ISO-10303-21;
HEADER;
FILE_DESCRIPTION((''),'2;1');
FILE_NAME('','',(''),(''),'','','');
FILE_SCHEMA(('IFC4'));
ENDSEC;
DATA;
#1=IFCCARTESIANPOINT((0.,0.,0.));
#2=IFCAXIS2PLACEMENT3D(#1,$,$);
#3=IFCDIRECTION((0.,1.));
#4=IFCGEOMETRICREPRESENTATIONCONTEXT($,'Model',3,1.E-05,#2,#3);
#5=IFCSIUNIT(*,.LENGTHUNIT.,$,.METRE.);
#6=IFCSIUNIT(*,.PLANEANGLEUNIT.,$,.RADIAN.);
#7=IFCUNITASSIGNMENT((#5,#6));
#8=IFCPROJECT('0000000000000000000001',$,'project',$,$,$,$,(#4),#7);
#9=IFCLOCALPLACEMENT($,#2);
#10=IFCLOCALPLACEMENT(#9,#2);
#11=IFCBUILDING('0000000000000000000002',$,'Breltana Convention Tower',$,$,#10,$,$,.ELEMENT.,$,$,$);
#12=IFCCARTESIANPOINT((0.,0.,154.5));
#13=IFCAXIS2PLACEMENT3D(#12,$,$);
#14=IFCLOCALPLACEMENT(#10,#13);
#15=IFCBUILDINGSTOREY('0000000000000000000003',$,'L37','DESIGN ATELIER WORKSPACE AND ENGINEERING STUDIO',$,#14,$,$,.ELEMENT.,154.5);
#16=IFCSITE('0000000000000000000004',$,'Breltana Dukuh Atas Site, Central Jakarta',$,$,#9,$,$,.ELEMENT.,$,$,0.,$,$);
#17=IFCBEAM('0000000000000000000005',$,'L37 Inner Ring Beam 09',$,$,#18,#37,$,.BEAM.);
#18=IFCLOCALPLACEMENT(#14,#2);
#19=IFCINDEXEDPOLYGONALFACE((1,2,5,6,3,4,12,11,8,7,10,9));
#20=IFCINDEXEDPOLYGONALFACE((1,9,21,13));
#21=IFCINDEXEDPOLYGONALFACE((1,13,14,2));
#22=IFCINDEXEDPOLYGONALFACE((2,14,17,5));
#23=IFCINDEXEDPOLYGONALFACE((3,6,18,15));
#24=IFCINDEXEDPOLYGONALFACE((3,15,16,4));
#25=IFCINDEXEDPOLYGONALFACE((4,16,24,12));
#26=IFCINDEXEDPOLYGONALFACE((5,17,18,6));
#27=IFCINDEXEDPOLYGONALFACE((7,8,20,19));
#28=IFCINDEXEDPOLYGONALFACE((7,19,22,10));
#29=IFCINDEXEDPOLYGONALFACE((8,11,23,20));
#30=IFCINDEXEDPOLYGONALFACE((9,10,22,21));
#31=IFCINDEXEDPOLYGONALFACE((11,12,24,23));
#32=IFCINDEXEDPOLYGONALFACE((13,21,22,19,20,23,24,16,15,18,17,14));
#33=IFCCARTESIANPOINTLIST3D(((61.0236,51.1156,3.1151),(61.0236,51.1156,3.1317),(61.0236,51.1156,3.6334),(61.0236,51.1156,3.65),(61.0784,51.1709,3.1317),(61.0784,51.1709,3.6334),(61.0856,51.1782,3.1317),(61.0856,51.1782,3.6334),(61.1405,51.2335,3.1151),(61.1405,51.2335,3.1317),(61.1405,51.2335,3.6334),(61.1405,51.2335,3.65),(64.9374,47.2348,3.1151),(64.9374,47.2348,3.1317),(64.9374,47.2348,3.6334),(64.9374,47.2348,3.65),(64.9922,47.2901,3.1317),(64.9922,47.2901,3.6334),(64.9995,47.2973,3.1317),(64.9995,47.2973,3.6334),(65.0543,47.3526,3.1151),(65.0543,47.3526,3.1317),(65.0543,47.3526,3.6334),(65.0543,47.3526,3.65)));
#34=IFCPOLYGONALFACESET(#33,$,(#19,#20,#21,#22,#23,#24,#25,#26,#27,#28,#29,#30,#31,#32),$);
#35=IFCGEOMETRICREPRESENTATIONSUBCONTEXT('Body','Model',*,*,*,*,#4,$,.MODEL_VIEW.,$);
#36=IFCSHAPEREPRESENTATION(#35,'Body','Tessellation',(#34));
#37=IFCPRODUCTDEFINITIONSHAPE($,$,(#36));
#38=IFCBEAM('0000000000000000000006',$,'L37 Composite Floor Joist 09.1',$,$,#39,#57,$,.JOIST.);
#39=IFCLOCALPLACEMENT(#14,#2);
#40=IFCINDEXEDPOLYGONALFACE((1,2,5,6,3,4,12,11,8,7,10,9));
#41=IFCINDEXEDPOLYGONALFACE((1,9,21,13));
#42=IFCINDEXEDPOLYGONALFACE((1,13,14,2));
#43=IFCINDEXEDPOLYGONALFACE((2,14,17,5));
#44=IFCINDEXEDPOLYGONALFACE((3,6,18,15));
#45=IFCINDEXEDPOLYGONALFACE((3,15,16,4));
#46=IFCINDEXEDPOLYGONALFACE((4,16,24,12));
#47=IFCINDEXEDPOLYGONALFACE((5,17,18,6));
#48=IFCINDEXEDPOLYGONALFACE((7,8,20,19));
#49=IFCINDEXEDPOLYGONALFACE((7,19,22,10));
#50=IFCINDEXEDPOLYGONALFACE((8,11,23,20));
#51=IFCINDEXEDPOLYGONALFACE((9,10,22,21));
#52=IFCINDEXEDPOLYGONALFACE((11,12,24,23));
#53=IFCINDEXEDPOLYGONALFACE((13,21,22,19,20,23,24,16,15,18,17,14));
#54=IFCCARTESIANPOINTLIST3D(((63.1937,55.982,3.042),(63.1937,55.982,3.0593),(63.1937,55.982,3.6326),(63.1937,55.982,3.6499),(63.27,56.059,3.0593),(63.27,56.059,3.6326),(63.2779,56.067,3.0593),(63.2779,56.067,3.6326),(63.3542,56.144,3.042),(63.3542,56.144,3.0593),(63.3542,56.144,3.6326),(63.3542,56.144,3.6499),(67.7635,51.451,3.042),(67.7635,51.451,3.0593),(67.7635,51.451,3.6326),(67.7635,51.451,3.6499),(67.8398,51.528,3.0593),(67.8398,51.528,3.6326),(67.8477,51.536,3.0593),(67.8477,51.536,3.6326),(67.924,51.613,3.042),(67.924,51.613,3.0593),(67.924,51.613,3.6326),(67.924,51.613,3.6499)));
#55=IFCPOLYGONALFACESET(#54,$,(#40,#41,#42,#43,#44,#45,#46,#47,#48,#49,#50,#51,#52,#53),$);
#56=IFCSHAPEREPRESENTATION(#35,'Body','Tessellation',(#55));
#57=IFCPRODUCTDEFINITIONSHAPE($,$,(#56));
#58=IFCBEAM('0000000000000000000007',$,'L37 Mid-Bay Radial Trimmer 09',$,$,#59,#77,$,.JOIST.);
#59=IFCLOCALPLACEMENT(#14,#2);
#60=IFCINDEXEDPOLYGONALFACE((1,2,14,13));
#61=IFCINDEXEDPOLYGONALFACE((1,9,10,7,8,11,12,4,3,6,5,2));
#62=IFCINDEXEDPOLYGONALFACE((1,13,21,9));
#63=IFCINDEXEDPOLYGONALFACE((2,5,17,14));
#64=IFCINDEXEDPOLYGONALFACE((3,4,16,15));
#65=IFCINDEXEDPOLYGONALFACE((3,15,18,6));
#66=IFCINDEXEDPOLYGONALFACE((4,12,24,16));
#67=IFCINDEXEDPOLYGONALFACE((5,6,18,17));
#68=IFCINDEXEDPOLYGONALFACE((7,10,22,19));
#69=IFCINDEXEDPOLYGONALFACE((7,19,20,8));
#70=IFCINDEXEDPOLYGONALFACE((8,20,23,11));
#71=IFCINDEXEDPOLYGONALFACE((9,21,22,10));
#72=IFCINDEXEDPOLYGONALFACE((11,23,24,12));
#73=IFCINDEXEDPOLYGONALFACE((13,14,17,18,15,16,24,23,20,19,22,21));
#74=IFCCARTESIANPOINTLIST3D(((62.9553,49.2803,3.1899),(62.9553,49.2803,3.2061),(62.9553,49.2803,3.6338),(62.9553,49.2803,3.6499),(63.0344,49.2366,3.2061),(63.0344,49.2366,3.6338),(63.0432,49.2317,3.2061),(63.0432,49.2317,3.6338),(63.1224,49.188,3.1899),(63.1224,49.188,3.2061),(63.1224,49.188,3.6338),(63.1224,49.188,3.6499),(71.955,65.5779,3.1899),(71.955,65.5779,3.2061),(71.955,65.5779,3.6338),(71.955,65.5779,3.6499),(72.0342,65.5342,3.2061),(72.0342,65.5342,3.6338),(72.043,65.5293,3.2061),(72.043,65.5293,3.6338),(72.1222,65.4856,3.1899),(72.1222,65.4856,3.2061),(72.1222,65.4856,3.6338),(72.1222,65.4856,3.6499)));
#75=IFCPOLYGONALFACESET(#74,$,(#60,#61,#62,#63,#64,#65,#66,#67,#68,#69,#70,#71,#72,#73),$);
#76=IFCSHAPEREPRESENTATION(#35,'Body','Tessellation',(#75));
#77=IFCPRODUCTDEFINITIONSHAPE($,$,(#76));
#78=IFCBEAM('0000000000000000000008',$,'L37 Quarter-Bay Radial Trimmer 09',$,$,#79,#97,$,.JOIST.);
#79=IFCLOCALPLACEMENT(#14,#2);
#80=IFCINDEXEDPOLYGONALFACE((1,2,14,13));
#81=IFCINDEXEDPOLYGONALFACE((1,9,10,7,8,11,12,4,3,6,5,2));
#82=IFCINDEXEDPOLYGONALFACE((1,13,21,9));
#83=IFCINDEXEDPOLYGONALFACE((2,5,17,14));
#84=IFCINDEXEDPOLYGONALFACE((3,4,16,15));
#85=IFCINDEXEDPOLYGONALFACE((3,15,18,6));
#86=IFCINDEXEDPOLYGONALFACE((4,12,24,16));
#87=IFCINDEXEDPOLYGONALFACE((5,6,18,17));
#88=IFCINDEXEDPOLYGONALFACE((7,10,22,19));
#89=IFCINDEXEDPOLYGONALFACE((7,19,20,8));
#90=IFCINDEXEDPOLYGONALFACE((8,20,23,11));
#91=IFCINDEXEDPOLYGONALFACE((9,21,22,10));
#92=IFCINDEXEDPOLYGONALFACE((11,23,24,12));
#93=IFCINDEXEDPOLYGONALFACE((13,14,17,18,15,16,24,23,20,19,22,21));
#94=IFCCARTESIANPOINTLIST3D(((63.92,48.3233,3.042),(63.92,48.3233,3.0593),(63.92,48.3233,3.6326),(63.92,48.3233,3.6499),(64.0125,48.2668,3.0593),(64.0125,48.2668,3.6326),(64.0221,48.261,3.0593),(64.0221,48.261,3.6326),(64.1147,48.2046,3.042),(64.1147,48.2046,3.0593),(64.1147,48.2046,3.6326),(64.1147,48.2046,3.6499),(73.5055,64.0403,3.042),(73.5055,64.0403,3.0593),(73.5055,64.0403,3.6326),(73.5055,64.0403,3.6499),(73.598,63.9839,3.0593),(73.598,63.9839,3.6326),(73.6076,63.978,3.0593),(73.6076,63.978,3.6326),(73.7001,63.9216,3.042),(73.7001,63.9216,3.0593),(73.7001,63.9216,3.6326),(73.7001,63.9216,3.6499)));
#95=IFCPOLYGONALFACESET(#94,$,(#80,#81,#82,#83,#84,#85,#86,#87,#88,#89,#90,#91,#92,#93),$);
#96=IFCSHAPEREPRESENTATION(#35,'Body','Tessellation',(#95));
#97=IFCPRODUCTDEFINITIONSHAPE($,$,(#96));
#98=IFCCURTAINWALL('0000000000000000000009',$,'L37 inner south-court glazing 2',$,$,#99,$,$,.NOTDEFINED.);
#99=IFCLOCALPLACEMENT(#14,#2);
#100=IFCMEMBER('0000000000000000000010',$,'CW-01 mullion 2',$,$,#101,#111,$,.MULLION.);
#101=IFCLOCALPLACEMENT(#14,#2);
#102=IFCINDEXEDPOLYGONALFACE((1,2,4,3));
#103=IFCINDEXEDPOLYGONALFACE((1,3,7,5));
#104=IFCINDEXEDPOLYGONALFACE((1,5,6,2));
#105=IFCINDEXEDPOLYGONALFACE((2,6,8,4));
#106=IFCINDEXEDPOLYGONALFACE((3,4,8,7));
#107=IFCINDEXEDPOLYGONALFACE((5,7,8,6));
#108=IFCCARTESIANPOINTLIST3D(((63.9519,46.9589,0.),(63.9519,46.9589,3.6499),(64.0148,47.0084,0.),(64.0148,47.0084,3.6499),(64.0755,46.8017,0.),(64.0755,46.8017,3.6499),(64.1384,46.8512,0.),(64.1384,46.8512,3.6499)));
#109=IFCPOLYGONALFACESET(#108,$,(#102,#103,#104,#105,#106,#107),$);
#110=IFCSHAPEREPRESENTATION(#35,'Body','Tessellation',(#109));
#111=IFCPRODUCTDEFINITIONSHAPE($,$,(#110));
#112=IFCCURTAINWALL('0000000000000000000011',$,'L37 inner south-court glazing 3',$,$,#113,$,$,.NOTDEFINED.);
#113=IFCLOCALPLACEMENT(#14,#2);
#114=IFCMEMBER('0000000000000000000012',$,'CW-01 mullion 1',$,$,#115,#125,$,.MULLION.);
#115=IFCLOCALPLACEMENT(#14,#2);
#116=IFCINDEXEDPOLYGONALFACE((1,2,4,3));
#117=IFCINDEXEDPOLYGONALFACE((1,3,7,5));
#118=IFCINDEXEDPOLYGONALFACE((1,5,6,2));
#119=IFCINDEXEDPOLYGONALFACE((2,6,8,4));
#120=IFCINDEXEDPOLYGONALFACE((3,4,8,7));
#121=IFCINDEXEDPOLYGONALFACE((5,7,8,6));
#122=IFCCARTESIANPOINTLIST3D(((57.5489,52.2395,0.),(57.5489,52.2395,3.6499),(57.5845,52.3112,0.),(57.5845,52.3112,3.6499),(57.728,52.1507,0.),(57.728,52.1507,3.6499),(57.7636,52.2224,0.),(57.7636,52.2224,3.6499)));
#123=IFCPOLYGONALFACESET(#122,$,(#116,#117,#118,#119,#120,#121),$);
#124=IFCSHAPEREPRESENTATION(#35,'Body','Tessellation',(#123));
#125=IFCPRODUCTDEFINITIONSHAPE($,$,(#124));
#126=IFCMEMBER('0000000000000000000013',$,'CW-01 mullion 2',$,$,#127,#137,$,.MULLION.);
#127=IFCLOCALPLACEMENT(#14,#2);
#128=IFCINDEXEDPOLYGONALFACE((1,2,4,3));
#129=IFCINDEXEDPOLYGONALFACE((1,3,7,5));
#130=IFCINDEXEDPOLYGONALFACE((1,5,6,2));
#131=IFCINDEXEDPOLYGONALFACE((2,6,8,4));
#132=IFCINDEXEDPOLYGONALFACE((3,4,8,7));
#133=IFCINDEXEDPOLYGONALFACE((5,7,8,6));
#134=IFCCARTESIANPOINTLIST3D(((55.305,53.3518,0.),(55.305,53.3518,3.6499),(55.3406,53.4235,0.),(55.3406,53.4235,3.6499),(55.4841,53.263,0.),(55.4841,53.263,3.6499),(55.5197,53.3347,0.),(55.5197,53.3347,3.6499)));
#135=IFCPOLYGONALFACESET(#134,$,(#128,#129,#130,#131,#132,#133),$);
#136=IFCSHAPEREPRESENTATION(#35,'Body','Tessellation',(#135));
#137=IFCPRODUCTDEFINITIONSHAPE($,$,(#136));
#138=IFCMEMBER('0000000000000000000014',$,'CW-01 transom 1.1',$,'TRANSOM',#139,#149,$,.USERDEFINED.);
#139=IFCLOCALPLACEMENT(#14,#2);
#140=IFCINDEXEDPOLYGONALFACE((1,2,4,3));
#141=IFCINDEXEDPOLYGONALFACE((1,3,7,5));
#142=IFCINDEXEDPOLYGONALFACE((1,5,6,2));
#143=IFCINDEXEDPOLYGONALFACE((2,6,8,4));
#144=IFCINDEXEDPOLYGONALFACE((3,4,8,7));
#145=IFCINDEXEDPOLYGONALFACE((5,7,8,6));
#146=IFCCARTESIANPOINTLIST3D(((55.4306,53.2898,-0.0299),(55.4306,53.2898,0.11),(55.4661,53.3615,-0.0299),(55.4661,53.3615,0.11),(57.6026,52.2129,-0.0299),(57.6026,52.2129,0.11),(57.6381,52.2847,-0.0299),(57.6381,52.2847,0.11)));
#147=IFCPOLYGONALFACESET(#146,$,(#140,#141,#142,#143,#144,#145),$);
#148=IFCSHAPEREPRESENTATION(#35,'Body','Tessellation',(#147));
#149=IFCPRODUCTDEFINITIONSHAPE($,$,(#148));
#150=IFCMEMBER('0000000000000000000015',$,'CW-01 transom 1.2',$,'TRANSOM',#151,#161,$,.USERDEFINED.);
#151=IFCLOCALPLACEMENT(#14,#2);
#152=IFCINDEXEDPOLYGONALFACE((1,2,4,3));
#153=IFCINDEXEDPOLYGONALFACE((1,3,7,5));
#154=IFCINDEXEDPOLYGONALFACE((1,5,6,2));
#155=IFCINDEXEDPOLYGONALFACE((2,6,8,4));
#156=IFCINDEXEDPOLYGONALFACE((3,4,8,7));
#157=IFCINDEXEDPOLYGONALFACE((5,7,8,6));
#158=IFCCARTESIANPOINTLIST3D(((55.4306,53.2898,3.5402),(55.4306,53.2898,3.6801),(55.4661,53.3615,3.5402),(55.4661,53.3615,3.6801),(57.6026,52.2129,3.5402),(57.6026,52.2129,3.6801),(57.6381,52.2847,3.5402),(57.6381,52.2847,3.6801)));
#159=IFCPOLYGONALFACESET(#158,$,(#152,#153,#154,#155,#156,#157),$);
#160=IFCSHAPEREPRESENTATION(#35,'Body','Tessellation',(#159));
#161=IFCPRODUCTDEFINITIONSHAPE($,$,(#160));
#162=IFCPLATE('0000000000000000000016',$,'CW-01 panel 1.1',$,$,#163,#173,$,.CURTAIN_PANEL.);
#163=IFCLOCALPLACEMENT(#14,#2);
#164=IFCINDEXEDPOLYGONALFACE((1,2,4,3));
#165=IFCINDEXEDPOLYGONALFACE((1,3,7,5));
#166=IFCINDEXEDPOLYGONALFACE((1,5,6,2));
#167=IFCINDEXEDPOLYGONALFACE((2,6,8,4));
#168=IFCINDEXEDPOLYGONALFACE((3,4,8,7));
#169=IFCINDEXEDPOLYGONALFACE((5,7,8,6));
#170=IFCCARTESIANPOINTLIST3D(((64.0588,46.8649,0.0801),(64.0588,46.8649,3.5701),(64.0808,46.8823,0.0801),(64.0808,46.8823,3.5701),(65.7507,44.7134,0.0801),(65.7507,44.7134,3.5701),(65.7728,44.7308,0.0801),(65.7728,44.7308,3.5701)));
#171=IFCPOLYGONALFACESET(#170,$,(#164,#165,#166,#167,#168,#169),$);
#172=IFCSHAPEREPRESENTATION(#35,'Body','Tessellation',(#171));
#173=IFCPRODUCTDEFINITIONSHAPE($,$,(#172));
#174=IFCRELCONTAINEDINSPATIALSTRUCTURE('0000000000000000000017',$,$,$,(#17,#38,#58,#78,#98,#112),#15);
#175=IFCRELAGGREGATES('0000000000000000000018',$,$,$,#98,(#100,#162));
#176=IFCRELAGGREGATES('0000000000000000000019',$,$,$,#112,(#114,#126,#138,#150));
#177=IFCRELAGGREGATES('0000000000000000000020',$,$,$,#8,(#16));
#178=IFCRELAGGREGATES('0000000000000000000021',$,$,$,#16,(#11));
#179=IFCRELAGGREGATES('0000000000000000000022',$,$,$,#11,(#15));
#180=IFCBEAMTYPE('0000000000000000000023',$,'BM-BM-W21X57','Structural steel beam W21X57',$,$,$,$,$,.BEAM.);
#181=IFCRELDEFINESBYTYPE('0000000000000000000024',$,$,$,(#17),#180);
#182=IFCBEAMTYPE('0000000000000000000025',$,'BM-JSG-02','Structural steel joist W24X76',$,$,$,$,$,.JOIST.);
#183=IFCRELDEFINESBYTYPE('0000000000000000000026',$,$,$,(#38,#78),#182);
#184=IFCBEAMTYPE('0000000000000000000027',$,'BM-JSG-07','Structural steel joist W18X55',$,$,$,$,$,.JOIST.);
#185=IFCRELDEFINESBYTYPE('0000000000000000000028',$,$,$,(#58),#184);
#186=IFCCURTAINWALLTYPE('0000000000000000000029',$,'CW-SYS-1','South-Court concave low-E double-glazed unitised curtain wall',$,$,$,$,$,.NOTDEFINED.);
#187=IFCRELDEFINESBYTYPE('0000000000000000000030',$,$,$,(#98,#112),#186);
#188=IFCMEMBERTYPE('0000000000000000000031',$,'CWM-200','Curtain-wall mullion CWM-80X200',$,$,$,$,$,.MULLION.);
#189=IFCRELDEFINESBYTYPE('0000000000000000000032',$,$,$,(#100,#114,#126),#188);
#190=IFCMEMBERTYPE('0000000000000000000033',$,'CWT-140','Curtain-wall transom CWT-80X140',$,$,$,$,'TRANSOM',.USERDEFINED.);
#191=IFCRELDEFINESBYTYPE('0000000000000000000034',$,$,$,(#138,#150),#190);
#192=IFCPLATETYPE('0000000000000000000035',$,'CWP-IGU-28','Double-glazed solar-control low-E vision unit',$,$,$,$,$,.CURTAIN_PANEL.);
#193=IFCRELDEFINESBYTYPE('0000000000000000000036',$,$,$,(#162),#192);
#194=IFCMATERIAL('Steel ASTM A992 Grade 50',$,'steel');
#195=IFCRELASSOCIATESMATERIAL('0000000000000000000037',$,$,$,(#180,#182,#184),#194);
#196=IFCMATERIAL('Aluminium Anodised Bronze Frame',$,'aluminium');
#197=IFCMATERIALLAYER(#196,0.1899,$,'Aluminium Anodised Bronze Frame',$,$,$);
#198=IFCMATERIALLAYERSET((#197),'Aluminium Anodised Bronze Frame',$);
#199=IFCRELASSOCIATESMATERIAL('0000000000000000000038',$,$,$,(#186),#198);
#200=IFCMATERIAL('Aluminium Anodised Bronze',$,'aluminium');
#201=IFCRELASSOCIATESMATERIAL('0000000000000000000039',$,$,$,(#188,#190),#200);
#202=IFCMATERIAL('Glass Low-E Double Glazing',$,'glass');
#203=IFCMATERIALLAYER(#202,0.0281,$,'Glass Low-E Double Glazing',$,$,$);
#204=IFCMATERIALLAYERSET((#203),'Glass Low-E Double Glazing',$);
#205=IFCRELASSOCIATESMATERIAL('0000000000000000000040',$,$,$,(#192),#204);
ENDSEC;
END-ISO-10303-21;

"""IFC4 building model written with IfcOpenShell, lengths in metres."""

from ifc_helpers import new_model, si_unit, direction, frame, origin, origin_2d, place, context, subcontext, project, spatial, rectangle, i_section, extrude, source, transform, mapped, material, layer, layer_set, material_profile, profile_set, type_object, element, aggregate, save


model = new_model("IFC4")

# Units and contexts
model_context = context("Model", 3, precision=1e-05, world=origin(), true_north=direction((0.0, 1.0)))
body_context = subcontext(model_context, "Body", "Model", "MODEL_VIEW")
ifc_project = project(units=[si_unit("LENGTHUNIT", "METRE"), si_unit("PLANEANGLEUNIT", "RADIAN")], contexts=[model_context])

# Site, building, storey
site_placement = place(None, origin())
site = spatial("IfcSite", under=ifc_project, at=site_placement, Name="Breltana Dukuh Atas Site, Central Jakarta", CompositionType="ELEMENT", RefElevation=0.0)
building_placement = place(site_placement, origin())
building = spatial("IfcBuilding", under=site, at=building_placement, Name="Breltana Convention Tower", CompositionType="ELEMENT")
storey_placement = place(building_placement, frame((0.0, 0.0, 154.5)))
storey = spatial("IfcBuildingStorey", under=building, at=storey_placement, Name="L37", Description="DESIGN ATELIER WORKSPACE AND ENGINEERING STUDIO", CompositionType="ELEMENT", Elevation=154.5)

# Beams
ifc_material_1 = material(Name="Steel ASTM A992 Grade 50", Category="steel")
ifc_material_profile_1 = material_profile(ifc_material_1, i_section(OverallWidth=0.166, OverallDepth=0.5349, WebThickness=0.0103, FlangeThickness=0.0166, at=origin_2d()), Name="W21X57")
ifc_profile_set_1 = profile_set([ifc_material_profile_1], Name="Steel ASTM A992 Grade 50")
beam_type_1 = type_object("IfcBeamType", Name="BM-BM-W21X57", Description="Structural steel beam W21X57", PredefinedType="BEAM", material=ifc_profile_set_1)
shared_shape_1 = source(origin(), body_context, "Body", "SweptSolid", [
    extrude(i_section(OverallWidth=0.166, OverallDepth=0.5349, WebThickness=0.0103, FlangeThickness=0.0166, at=origin_2d()), origin(), (0.0, 0.0, 1.0), 5.5117),
])
beam_1_placement = place(storey_placement, frame((61.082, 51.1746, 3.3826), z_axis=(0.71009, -0.704111, 0.0), x_axis=(0.704111, 0.71009, 0.0)))
element("IfcBeam", 1, at=beam_1_placement, inside=storey, type_object=beam_type_1, Name="L37 Inner Ring Beam 09", PredefinedType="BEAM", context=body_context, shape_type="MappedRepresentation", body=[
    mapped(shared_shape_1, transform((0.0, 0.0, 0.0), scale=1.0)),
])
ifc_material_profile_2 = material_profile(ifc_material_1, i_section(OverallWidth=0.228, OverallDepth=0.6079, WebThickness=0.0112, FlangeThickness=0.0173, at=origin_2d()), Name="W24X76")
ifc_profile_set_2 = profile_set([ifc_material_profile_2], Name="Steel ASTM A992 Grade 50")
beam_type_2 = type_object("IfcBeamType", Name="BM-JSG-02", Description="Structural steel joist W24X76", PredefinedType="JOIST", material=ifc_profile_set_2)
shared_shape_2 = source(origin(), body_context, "Body", "SweptSolid", [
    extrude(i_section(OverallWidth=0.228, OverallDepth=0.6079, WebThickness=0.0112, FlangeThickness=0.0173, at=origin_2d()), origin(), (0.0, 0.0, 1.0), 6.4353),
])
beam_2_placement = place(storey_placement, frame((63.2739, 56.063, 3.3459), z_axis=(0.710116, -0.704084, 0.0), x_axis=(0.704084, 0.710116, 0.0)))
element("IfcBeam", 2, at=beam_2_placement, inside=storey, type_object=beam_type_2, Name="L37 Composite Floor Joist 09.1", PredefinedType="JOIST", context=body_context, shape_type="MappedRepresentation", body=[
    mapped(shared_shape_2, transform((0.0, 0.0, 0.0), scale=1.0)),
])
ifc_material_profile_3 = material_profile(ifc_material_1, i_section(OverallWidth=0.1909, OverallDepth=0.46, WebThickness=0.01, FlangeThickness=0.0161, at=origin_2d()), Name="W18X55")
ifc_profile_set_3 = profile_set([ifc_material_profile_3], Name="Steel ASTM A992 Grade 50")
beam_type_3 = type_object("IfcBeamType", Name="BM-JSG-07", Description="Structural steel joist W18X55", PredefinedType="JOIST", material=ifc_profile_set_3)
shared_shape_3 = source(origin(), body_context, "Body", "SweptSolid", [
    extrude(i_section(OverallWidth=0.1909, OverallDepth=0.46, WebThickness=0.01, FlangeThickness=0.0161, at=origin_2d()), origin(), (0.0, 0.0, 1.0), 18.6174),
])
beam_3_placement = place(storey_placement, frame((63.0388, 49.2341, 3.4199), z_axis=(0.483406, 0.875396, 0.0), x_axis=(-0.875396, 0.483406, 0.0)))
element("IfcBeam", 3, at=beam_3_placement, inside=storey, type_object=beam_type_3, Name="L37 Mid-Bay Radial Trimmer 09", PredefinedType="JOIST", context=body_context, shape_type="MappedRepresentation", body=[
    mapped(shared_shape_3, transform((0.0, 0.0, 0.0), scale=1.0)),
])
shared_shape_4 = source(origin(), body_context, "Body", "SweptSolid", [
    extrude(i_section(OverallWidth=0.228, OverallDepth=0.6079, WebThickness=0.0112, FlangeThickness=0.0173, at=origin_2d()), origin(), (0.0, 0.0, 1.0), 18.4094),
])
beam_4_placement = place(storey_placement, frame((64.0173, 48.2639, 3.3459), z_axis=(0.520682, 0.853751, 0.0), x_axis=(-0.853751, 0.520682, 0.0)))
element("IfcBeam", 4, at=beam_4_placement, inside=storey, type_object=beam_type_2, Name="L37 Quarter-Bay Radial Trimmer 09", PredefinedType="JOIST", context=body_context, shape_type="MappedRepresentation", body=[
    mapped(shared_shape_4, transform((0.0, 0.0, 0.0), scale=1.0)),
])

# Curtain wall, member
ifc_material_2 = material(Name="Aluminium Anodised Bronze Frame", Category="aluminium")
ifc_layer_1 = layer(ifc_material_2, 0.1899, Name="Aluminium Anodised Bronze Frame")
ifc_layer_set_1 = layer_set([ifc_layer_1], Name="Aluminium Anodised Bronze Frame")
curtain_wall_type = type_object("IfcCurtainWallType", Name="CW-SYS-1", Description="South-Court concave low-E double-glazed unitised curtain wall", PredefinedType="NOTDEFINED", material=ifc_layer_set_1)
curtain_wall_1_placement = place(storey_placement, origin())
curtain_wall_1 = element("IfcCurtainWall", 5, at=curtain_wall_1_placement, inside=storey, type_object=curtain_wall_type, Name="L37 inner south-court glazing 2", PredefinedType="NOTDEFINED")
ifc_material_3 = material(Name="Aluminium Anodised Bronze", Category="aluminium")
ifc_material_profile_4 = material_profile(ifc_material_3, rectangle(XDim=0.0801, YDim=0.2, at=origin_2d()), Name="CWM-80X200")
ifc_profile_set_4 = profile_set([ifc_material_profile_4], Name="Aluminium Anodised Bronze")
member_type_1 = type_object("IfcMemberType", Name="CWM-200", Description="Curtain-wall mullion CWM-80X200", PredefinedType="MULLION", material=ifc_profile_set_4)
shared_shape_5 = source(origin(), body_context, "Body", "SweptSolid", [
    extrude(rectangle(XDim=0.0801, YDim=0.2, at=origin_2d()), origin(), (0.0, 0.0, 1.0), 3.6499),
])
member_1_placement = place(storey_placement, frame((64.0452, 46.905, 0.0), z_axis=(0.0, 0.0, 1.0), x_axis=(-0.786051, -0.618161, 0.0)))
member_1 = element("IfcMember", 6, at=member_1_placement, type_object=member_type_1, Name="CW-01 mullion 2", PredefinedType="MULLION", context=body_context, shape_type="MappedRepresentation", body=[
    mapped(shared_shape_5, transform((0.0, 0.0, 0.0), scale=1.0)),
])

# Curtain wall, members
curtain_wall_2_placement = place(storey_placement, origin())
curtain_wall_2 = element("IfcCurtainWall", 7, at=curtain_wall_2_placement, inside=storey, type_object=curtain_wall_type, Name="L37 inner south-court glazing 3", PredefinedType="NOTDEFINED")
member_2_placement = place(storey_placement, frame((57.6562, 52.231, 0.0), z_axis=(0.0, 0.0, 1.0), x_axis=(-0.444115, -0.89597, 0.0)))
member_2 = element("IfcMember", 8, at=member_2_placement, type_object=member_type_1, Name="CW-01 mullion 1", PredefinedType="MULLION", context=body_context, shape_type="MappedRepresentation", body=[
    mapped(shared_shape_5, transform((0.0, 0.0, 0.0), scale=1.0)),
])
member_3_placement = place(storey_placement, frame((55.4124, 53.3433, 0.0), z_axis=(0.0, 0.0, 1.0), x_axis=(-0.444115, -0.89597, 0.0)))
member_3 = element("IfcMember", 9, at=member_3_placement, type_object=member_type_1, Name="CW-01 mullion 2", PredefinedType="MULLION", context=body_context, shape_type="MappedRepresentation", body=[
    mapped(shared_shape_5, transform((0.0, 0.0, 0.0), scale=1.0)),
])
ifc_material_profile_5 = material_profile(ifc_material_3, rectangle(XDim=0.0801, YDim=0.1399, at=origin_2d()), Name="CWT-80X140")
ifc_profile_set_5 = profile_set([ifc_material_profile_5], Name="Aluminium Anodised Bronze")
member_type_2 = type_object("IfcMemberType", Name="CWT-140", Description="Curtain-wall transom CWT-80X140", ElementType="TRANSOM", PredefinedType="USERDEFINED", material=ifc_profile_set_5)
shared_shape_6 = source(origin(), body_context, "Body", "SweptSolid", [
    extrude(rectangle(XDim=0.0801, YDim=0.1399, at=origin_2d()), origin(), (0.0, 0.0, 1.0), 2.4243),
])
member_4_placement = place(storey_placement, frame((57.6204, 52.2488, 0.04), z_axis=(-0.895933, 0.44419, 0.0), x_axis=(-0.44419, -0.895933, 0.0)))
member_4 = element("IfcMember", 10, at=member_4_placement, type_object=member_type_2, Name="CW-01 transom 1.1", ObjectType="TRANSOM", PredefinedType="USERDEFINED", context=body_context, shape_type="MappedRepresentation", body=[
    mapped(shared_shape_6, transform((0.0, 0.0, 0.0), scale=1.0)),
])
member_5_placement = place(storey_placement, frame((57.6204, 52.2488, 3.6101), z_axis=(-0.895933, 0.44419, 0.0), x_axis=(-0.44419, -0.895933, 0.0)))
member_5 = element("IfcMember", 11, at=member_5_placement, type_object=member_type_2, Name="CW-01 transom 1.2", ObjectType="TRANSOM", PredefinedType="USERDEFINED", context=body_context, shape_type="MappedRepresentation", body=[
    mapped(shared_shape_6, transform((0.0, 0.0, 0.0), scale=1.0)),
])

# Plate
ifc_material_4 = material(Name="Glass Low-E Double Glazing", Category="glass")
ifc_layer_2 = layer(ifc_material_4, 0.0281, Name="Glass Low-E Double Glazing")
ifc_layer_set_2 = layer_set([ifc_layer_2], Name="Glass Low-E Double Glazing")
plate_type = type_object("IfcPlateType", Name="CWP-IGU-28", Description="Double-glazed solar-control low-E vision unit", PredefinedType="CURTAIN_PANEL", material=ifc_layer_set_2)
shared_shape_7 = source(origin(), body_context, "Body", "SweptSolid", [
    extrude(rectangle(XDim=2.7371, YDim=0.0281, at=origin_2d()), origin(), (0.0, 0.0, 1.0), 3.49),
])
plate_1_placement = place(storey_placement, frame((64.9158, 45.7979, 0.0801), z_axis=(0.0, 0.0, 1.0), x_axis=(-0.618161, 0.786051, 0.0)))
plate_1 = element("IfcPlate", 12, at=plate_1_placement, type_object=plate_type, Name="CW-01 panel 1.1", PredefinedType="CURTAIN_PANEL", context=body_context, shape_type="MappedRepresentation", body=[
    mapped(shared_shape_7, transform((0.0, 0.0, 0.0), scale=1.0)),
])
aggregate(curtain_wall_1, [member_1, plate_1])
aggregate(curtain_wall_2, [member_2, member_3, member_4, member_5])

save(model, "model.ifc")
